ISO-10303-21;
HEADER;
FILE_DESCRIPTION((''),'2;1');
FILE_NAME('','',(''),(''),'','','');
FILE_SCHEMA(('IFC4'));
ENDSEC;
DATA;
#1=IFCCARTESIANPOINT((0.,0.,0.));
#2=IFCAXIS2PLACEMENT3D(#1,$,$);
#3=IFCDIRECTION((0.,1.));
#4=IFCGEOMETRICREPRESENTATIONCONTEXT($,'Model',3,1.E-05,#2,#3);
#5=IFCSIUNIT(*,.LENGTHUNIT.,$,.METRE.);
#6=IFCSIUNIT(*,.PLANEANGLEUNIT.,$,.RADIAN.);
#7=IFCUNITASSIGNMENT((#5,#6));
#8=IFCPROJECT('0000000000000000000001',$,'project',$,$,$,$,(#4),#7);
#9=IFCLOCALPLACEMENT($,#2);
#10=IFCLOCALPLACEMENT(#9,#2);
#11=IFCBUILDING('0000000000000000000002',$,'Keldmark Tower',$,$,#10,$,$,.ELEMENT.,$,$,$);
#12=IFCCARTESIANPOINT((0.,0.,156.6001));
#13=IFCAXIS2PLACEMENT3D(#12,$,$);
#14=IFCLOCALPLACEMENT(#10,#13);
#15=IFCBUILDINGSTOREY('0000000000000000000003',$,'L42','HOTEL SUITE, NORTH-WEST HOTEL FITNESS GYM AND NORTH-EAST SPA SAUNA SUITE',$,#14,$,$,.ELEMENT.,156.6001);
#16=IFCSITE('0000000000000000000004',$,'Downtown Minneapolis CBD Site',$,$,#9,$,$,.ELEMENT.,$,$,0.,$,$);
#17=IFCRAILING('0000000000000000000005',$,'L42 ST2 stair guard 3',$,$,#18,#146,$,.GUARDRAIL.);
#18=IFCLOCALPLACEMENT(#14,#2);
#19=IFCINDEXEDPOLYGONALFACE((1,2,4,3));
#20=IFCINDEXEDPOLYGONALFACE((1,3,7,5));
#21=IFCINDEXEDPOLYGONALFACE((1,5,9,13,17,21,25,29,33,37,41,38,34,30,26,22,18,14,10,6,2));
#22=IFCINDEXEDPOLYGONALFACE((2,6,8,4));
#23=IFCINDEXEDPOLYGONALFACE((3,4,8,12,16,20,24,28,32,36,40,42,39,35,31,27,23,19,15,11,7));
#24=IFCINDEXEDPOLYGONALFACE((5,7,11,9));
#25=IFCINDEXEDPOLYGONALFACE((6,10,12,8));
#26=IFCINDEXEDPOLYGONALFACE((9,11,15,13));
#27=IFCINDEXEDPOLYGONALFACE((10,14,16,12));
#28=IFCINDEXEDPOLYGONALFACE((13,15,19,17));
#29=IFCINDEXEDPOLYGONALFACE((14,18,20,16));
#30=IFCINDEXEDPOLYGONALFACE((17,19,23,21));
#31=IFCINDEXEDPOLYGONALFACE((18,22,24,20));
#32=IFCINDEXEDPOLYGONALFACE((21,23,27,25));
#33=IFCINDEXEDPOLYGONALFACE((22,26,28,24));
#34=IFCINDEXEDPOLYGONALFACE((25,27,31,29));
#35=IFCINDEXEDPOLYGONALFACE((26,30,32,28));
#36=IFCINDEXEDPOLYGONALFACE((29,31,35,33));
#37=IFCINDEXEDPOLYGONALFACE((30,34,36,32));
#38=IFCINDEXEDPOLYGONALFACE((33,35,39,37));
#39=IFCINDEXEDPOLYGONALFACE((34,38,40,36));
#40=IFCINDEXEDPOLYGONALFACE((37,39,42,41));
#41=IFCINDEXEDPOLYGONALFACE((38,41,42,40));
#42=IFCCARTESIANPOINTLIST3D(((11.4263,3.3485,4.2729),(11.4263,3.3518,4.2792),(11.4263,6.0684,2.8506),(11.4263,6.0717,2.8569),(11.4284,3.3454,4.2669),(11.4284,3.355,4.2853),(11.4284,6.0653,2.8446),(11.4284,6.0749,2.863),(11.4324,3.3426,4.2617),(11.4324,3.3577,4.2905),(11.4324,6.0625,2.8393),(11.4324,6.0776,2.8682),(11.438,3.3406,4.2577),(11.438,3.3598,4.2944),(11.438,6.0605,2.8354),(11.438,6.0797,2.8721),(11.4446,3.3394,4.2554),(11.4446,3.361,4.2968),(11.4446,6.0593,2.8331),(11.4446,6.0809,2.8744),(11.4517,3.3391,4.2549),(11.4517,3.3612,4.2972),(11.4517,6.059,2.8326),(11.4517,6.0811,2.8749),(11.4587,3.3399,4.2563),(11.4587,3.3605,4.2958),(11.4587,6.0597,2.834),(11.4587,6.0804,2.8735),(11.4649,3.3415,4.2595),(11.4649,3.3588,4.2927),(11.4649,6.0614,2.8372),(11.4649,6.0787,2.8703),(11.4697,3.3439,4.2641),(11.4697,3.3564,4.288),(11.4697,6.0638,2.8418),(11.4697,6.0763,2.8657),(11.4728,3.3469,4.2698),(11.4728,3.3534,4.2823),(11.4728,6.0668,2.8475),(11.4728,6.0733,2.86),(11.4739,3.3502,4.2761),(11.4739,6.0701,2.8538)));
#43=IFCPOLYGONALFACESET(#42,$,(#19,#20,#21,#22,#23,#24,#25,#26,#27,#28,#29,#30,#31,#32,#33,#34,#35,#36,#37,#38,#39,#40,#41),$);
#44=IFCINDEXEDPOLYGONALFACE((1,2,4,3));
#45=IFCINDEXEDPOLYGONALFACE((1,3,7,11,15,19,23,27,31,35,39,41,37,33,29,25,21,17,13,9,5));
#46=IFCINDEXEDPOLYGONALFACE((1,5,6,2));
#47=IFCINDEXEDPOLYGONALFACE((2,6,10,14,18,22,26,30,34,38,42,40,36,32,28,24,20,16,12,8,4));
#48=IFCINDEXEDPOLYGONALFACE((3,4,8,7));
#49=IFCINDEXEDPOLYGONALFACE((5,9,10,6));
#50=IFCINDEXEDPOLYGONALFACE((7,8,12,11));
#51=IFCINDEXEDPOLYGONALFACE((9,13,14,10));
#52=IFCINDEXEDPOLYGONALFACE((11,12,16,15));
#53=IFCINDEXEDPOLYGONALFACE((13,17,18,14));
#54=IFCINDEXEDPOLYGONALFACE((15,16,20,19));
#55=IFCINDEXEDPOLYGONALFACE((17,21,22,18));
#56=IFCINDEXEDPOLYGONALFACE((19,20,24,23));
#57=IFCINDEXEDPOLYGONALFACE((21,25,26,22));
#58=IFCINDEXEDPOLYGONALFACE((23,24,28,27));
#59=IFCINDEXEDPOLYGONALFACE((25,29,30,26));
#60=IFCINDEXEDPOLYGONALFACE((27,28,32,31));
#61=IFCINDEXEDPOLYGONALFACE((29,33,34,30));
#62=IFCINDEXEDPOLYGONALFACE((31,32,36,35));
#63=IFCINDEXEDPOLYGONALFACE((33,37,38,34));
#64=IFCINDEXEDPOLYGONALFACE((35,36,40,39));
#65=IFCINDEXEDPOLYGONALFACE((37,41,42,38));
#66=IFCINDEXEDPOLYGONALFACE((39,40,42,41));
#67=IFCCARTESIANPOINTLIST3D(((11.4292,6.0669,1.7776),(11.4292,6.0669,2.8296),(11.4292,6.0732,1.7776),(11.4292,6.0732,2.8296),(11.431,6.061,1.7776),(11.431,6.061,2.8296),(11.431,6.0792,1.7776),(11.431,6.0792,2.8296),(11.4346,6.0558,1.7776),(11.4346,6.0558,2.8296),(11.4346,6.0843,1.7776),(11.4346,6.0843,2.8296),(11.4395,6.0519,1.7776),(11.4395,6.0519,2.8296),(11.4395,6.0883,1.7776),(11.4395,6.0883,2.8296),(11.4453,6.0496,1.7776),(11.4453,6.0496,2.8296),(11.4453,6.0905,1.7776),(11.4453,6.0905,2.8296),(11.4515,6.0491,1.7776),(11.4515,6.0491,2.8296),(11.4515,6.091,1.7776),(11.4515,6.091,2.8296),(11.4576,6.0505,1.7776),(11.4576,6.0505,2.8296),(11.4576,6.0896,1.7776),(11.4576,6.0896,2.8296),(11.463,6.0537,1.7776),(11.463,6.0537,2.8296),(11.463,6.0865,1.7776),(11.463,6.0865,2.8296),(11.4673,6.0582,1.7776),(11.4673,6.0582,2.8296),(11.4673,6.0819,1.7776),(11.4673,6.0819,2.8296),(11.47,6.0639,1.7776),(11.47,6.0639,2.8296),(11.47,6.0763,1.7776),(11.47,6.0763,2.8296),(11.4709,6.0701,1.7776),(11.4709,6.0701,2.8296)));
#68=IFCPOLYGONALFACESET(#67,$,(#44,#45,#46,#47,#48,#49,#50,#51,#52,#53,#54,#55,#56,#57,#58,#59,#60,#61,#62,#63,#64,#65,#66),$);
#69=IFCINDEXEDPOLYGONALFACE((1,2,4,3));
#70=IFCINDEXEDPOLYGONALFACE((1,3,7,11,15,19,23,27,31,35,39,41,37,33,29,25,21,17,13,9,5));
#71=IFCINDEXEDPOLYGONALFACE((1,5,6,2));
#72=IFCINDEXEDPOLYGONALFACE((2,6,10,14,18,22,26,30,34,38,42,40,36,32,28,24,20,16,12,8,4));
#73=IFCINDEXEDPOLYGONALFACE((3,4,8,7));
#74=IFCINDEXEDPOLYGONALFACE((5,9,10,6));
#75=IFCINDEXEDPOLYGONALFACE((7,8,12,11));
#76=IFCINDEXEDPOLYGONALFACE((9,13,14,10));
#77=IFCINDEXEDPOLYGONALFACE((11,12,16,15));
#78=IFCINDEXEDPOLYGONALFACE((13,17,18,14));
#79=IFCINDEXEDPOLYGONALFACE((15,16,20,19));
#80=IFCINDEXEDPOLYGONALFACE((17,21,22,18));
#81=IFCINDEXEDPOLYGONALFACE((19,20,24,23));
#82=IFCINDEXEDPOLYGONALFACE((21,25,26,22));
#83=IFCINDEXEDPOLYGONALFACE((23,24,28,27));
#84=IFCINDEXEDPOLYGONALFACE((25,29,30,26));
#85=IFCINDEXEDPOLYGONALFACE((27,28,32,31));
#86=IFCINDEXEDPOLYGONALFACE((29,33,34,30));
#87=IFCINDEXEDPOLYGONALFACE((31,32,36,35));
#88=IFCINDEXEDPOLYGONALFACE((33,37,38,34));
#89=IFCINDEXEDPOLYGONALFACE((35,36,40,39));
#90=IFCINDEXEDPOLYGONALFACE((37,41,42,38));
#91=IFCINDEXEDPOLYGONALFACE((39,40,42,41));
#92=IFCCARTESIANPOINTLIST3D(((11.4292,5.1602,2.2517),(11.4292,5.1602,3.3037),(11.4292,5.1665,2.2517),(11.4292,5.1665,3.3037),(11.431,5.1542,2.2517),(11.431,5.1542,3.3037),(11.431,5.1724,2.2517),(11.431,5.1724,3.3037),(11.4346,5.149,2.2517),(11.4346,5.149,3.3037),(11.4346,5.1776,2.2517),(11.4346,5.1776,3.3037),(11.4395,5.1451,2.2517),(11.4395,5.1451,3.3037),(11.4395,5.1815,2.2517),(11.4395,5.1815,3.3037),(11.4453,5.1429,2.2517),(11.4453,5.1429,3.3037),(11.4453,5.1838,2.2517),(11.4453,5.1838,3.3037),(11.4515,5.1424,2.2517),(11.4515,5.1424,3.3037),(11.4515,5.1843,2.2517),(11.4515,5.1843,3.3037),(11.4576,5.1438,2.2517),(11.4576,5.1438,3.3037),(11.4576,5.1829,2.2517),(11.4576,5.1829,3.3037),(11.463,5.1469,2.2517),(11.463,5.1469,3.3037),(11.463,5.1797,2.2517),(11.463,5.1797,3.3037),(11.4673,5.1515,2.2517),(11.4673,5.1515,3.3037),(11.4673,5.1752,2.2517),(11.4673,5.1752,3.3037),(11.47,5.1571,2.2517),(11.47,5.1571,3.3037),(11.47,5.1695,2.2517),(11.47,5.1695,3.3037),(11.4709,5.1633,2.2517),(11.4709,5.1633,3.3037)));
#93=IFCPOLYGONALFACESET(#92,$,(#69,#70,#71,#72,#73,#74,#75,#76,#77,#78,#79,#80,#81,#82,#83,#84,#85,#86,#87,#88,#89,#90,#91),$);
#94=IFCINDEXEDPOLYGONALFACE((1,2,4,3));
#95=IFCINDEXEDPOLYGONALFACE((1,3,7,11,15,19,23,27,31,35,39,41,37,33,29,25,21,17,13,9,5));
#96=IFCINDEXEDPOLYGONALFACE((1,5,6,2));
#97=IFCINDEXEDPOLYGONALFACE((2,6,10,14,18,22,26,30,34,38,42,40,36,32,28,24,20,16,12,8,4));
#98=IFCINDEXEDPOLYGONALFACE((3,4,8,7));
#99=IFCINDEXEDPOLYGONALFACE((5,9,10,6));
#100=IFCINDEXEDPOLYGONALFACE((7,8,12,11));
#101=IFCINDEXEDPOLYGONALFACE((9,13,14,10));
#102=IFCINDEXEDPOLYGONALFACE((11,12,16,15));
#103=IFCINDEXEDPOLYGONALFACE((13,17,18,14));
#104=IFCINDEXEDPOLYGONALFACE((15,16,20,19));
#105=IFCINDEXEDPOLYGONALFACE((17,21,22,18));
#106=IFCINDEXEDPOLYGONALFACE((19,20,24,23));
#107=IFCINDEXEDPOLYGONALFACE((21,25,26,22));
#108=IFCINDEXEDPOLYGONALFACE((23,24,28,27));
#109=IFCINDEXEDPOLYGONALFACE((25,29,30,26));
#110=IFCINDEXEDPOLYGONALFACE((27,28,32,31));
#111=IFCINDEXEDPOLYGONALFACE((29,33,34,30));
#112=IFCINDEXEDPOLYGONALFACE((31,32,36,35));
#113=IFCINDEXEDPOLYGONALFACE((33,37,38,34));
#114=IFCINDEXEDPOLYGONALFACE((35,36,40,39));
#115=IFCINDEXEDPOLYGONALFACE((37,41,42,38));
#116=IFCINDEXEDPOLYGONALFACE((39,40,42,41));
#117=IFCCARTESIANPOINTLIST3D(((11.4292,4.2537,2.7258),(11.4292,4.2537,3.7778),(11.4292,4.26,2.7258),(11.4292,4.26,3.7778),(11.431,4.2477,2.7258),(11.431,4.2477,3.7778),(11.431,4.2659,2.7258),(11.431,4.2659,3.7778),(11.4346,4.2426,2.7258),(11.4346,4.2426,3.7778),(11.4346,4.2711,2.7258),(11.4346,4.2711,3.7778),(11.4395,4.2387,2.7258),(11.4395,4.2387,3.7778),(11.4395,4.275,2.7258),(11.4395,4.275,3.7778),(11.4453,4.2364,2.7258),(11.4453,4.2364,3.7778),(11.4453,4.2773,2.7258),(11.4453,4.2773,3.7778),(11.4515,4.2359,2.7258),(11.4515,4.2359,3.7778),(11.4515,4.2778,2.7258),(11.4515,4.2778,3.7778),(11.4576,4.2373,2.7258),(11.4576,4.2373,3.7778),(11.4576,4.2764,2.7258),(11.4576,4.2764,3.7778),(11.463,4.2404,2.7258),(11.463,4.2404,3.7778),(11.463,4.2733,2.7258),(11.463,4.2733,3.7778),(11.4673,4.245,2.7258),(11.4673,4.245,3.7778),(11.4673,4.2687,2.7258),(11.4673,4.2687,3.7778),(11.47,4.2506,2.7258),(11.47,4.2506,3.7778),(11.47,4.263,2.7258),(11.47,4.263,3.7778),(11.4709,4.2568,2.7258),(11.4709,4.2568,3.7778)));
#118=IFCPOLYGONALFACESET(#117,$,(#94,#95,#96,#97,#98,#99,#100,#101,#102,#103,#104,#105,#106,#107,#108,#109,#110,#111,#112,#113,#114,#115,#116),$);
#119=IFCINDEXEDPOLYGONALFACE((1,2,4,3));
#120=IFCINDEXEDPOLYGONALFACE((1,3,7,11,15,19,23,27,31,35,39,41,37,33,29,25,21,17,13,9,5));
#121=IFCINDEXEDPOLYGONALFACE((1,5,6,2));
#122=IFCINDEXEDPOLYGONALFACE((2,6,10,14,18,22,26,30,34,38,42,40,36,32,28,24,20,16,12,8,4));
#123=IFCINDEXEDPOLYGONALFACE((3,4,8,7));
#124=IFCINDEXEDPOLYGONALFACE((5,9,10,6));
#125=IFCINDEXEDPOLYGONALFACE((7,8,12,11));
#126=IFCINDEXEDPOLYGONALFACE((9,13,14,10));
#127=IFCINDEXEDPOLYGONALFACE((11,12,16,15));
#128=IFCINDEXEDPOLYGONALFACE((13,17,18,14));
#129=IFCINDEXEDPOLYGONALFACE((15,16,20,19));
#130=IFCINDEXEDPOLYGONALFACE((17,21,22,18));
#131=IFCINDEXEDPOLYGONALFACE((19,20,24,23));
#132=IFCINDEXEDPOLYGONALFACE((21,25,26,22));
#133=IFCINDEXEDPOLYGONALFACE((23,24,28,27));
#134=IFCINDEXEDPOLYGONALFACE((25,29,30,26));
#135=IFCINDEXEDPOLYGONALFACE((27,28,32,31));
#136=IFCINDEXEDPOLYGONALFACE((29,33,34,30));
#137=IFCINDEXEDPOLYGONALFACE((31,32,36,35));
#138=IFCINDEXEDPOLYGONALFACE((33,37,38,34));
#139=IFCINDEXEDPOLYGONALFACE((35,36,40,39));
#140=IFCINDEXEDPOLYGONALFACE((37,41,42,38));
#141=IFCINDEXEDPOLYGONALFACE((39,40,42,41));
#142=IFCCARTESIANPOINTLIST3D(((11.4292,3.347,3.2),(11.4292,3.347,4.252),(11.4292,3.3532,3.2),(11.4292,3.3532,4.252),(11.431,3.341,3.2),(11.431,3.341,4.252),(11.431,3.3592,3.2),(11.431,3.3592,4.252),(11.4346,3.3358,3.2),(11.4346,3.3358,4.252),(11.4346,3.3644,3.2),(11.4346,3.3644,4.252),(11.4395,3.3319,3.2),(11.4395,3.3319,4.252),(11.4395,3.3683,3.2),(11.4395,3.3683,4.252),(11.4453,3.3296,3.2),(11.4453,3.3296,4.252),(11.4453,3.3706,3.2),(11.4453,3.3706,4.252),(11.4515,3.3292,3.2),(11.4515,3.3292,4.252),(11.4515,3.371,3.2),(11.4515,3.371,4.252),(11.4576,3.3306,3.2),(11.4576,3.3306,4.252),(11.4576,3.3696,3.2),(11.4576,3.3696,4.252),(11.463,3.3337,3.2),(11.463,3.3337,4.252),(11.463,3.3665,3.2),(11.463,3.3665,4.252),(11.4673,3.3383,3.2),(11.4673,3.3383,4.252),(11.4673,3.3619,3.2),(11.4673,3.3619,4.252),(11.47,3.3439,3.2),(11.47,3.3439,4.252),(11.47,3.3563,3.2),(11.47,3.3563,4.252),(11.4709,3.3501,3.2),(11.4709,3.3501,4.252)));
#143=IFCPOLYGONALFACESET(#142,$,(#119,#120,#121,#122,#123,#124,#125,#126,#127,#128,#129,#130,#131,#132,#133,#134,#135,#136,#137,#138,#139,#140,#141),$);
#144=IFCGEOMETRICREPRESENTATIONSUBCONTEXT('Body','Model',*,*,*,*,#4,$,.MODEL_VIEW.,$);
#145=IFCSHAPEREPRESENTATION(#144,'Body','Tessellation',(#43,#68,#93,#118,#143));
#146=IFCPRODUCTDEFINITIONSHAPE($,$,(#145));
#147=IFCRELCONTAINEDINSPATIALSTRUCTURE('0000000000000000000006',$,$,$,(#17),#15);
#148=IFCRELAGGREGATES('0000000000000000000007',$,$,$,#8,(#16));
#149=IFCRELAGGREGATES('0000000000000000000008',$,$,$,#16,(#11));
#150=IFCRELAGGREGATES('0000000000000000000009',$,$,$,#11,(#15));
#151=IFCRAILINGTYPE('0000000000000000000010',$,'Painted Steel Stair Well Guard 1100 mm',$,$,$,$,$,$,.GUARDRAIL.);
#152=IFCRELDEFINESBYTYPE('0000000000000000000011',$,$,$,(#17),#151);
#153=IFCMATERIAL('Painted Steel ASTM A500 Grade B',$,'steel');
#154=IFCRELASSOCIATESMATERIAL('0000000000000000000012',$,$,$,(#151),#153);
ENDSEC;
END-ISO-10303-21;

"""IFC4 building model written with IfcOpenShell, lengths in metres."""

from ifc_helpers import new_model, si_unit, direction, frame, origin, origin_2d, place, context, subcontext, project, spatial, circle, extrude, material, type_object, element, save


model = new_model("IFC4")

# Units and contexts
model_context = context("Model", 3, precision=1e-05, world=origin(), true_north=direction((0.0, 1.0)))
body_context = subcontext(model_context, "Body", "Model", "MODEL_VIEW")
ifc_project = project(units=[si_unit("LENGTHUNIT", "METRE"), si_unit("PLANEANGLEUNIT", "RADIAN")], contexts=[model_context])

# Site, building, storey
site_placement = place(None, origin())
site = spatial("IfcSite", under=ifc_project, at=site_placement, Name="Downtown Minneapolis CBD Site", CompositionType="ELEMENT", RefElevation=0.0)
building_placement = place(site_placement, origin())
building = spatial("IfcBuilding", under=site, at=building_placement, Name="Keldmark Tower", CompositionType="ELEMENT")
storey_placement = place(building_placement, frame((0.0, 0.0, 156.6001)))
storey = spatial("IfcBuildingStorey", under=building, at=storey_placement, Name="L42", Description="HOTEL SUITE, NORTH-WEST HOTEL FITNESS GYM AND NORTH-EAST SPA SAUNA SUITE", CompositionType="ELEMENT", Elevation=156.6001)

# Railing
ifc_material_1 = material(Name="Painted Steel ASTM A500 Grade B", Category="steel")
railing_type_1 = type_object("IfcRailingType", Name="Painted Steel Stair Well Guard 1100 mm", PredefinedType="GUARDRAIL", material=ifc_material_1)
railing_1_placement = place(storey_placement, frame((11.45, 6.0701, 1.7776)))
element("IfcRailing", 1, at=railing_1_placement, inside=storey, type_object=railing_type_1, Name="L42 ST2 stair guard 3", PredefinedType="GUARDRAIL", context=body_context, shape_type="SweptSolid", body=[
    extrude(circle(Radius=0.0239, at=origin_2d()), frame((0.0, 0.0, 1.0762), z_axis=(0.0, -0.88615, 0.463398), x_axis=(1.0, 0.0, 0.0)), (0.0, 0.0, 1.0), 3.0693),
    extrude(circle(Radius=0.021, at=origin_2d()), origin(), (0.0, 0.0, 1.0), 1.052),
    extrude(circle(Radius=0.021, at=origin_2d()), frame((0.0, -0.9067, 0.4741)), (0.0, 0.0, 1.0), 1.052),
    extrude(circle(Radius=0.021, at=origin_2d()), frame((0.0, -1.8132, 0.9482)), (0.0, 0.0, 1.0), 1.052),
    extrude(circle(Radius=0.021, at=origin_2d()), frame((0.0, -2.72, 1.4224)), (0.0, 0.0, 1.0), 1.052),
])

save(model, "model.ifc")
